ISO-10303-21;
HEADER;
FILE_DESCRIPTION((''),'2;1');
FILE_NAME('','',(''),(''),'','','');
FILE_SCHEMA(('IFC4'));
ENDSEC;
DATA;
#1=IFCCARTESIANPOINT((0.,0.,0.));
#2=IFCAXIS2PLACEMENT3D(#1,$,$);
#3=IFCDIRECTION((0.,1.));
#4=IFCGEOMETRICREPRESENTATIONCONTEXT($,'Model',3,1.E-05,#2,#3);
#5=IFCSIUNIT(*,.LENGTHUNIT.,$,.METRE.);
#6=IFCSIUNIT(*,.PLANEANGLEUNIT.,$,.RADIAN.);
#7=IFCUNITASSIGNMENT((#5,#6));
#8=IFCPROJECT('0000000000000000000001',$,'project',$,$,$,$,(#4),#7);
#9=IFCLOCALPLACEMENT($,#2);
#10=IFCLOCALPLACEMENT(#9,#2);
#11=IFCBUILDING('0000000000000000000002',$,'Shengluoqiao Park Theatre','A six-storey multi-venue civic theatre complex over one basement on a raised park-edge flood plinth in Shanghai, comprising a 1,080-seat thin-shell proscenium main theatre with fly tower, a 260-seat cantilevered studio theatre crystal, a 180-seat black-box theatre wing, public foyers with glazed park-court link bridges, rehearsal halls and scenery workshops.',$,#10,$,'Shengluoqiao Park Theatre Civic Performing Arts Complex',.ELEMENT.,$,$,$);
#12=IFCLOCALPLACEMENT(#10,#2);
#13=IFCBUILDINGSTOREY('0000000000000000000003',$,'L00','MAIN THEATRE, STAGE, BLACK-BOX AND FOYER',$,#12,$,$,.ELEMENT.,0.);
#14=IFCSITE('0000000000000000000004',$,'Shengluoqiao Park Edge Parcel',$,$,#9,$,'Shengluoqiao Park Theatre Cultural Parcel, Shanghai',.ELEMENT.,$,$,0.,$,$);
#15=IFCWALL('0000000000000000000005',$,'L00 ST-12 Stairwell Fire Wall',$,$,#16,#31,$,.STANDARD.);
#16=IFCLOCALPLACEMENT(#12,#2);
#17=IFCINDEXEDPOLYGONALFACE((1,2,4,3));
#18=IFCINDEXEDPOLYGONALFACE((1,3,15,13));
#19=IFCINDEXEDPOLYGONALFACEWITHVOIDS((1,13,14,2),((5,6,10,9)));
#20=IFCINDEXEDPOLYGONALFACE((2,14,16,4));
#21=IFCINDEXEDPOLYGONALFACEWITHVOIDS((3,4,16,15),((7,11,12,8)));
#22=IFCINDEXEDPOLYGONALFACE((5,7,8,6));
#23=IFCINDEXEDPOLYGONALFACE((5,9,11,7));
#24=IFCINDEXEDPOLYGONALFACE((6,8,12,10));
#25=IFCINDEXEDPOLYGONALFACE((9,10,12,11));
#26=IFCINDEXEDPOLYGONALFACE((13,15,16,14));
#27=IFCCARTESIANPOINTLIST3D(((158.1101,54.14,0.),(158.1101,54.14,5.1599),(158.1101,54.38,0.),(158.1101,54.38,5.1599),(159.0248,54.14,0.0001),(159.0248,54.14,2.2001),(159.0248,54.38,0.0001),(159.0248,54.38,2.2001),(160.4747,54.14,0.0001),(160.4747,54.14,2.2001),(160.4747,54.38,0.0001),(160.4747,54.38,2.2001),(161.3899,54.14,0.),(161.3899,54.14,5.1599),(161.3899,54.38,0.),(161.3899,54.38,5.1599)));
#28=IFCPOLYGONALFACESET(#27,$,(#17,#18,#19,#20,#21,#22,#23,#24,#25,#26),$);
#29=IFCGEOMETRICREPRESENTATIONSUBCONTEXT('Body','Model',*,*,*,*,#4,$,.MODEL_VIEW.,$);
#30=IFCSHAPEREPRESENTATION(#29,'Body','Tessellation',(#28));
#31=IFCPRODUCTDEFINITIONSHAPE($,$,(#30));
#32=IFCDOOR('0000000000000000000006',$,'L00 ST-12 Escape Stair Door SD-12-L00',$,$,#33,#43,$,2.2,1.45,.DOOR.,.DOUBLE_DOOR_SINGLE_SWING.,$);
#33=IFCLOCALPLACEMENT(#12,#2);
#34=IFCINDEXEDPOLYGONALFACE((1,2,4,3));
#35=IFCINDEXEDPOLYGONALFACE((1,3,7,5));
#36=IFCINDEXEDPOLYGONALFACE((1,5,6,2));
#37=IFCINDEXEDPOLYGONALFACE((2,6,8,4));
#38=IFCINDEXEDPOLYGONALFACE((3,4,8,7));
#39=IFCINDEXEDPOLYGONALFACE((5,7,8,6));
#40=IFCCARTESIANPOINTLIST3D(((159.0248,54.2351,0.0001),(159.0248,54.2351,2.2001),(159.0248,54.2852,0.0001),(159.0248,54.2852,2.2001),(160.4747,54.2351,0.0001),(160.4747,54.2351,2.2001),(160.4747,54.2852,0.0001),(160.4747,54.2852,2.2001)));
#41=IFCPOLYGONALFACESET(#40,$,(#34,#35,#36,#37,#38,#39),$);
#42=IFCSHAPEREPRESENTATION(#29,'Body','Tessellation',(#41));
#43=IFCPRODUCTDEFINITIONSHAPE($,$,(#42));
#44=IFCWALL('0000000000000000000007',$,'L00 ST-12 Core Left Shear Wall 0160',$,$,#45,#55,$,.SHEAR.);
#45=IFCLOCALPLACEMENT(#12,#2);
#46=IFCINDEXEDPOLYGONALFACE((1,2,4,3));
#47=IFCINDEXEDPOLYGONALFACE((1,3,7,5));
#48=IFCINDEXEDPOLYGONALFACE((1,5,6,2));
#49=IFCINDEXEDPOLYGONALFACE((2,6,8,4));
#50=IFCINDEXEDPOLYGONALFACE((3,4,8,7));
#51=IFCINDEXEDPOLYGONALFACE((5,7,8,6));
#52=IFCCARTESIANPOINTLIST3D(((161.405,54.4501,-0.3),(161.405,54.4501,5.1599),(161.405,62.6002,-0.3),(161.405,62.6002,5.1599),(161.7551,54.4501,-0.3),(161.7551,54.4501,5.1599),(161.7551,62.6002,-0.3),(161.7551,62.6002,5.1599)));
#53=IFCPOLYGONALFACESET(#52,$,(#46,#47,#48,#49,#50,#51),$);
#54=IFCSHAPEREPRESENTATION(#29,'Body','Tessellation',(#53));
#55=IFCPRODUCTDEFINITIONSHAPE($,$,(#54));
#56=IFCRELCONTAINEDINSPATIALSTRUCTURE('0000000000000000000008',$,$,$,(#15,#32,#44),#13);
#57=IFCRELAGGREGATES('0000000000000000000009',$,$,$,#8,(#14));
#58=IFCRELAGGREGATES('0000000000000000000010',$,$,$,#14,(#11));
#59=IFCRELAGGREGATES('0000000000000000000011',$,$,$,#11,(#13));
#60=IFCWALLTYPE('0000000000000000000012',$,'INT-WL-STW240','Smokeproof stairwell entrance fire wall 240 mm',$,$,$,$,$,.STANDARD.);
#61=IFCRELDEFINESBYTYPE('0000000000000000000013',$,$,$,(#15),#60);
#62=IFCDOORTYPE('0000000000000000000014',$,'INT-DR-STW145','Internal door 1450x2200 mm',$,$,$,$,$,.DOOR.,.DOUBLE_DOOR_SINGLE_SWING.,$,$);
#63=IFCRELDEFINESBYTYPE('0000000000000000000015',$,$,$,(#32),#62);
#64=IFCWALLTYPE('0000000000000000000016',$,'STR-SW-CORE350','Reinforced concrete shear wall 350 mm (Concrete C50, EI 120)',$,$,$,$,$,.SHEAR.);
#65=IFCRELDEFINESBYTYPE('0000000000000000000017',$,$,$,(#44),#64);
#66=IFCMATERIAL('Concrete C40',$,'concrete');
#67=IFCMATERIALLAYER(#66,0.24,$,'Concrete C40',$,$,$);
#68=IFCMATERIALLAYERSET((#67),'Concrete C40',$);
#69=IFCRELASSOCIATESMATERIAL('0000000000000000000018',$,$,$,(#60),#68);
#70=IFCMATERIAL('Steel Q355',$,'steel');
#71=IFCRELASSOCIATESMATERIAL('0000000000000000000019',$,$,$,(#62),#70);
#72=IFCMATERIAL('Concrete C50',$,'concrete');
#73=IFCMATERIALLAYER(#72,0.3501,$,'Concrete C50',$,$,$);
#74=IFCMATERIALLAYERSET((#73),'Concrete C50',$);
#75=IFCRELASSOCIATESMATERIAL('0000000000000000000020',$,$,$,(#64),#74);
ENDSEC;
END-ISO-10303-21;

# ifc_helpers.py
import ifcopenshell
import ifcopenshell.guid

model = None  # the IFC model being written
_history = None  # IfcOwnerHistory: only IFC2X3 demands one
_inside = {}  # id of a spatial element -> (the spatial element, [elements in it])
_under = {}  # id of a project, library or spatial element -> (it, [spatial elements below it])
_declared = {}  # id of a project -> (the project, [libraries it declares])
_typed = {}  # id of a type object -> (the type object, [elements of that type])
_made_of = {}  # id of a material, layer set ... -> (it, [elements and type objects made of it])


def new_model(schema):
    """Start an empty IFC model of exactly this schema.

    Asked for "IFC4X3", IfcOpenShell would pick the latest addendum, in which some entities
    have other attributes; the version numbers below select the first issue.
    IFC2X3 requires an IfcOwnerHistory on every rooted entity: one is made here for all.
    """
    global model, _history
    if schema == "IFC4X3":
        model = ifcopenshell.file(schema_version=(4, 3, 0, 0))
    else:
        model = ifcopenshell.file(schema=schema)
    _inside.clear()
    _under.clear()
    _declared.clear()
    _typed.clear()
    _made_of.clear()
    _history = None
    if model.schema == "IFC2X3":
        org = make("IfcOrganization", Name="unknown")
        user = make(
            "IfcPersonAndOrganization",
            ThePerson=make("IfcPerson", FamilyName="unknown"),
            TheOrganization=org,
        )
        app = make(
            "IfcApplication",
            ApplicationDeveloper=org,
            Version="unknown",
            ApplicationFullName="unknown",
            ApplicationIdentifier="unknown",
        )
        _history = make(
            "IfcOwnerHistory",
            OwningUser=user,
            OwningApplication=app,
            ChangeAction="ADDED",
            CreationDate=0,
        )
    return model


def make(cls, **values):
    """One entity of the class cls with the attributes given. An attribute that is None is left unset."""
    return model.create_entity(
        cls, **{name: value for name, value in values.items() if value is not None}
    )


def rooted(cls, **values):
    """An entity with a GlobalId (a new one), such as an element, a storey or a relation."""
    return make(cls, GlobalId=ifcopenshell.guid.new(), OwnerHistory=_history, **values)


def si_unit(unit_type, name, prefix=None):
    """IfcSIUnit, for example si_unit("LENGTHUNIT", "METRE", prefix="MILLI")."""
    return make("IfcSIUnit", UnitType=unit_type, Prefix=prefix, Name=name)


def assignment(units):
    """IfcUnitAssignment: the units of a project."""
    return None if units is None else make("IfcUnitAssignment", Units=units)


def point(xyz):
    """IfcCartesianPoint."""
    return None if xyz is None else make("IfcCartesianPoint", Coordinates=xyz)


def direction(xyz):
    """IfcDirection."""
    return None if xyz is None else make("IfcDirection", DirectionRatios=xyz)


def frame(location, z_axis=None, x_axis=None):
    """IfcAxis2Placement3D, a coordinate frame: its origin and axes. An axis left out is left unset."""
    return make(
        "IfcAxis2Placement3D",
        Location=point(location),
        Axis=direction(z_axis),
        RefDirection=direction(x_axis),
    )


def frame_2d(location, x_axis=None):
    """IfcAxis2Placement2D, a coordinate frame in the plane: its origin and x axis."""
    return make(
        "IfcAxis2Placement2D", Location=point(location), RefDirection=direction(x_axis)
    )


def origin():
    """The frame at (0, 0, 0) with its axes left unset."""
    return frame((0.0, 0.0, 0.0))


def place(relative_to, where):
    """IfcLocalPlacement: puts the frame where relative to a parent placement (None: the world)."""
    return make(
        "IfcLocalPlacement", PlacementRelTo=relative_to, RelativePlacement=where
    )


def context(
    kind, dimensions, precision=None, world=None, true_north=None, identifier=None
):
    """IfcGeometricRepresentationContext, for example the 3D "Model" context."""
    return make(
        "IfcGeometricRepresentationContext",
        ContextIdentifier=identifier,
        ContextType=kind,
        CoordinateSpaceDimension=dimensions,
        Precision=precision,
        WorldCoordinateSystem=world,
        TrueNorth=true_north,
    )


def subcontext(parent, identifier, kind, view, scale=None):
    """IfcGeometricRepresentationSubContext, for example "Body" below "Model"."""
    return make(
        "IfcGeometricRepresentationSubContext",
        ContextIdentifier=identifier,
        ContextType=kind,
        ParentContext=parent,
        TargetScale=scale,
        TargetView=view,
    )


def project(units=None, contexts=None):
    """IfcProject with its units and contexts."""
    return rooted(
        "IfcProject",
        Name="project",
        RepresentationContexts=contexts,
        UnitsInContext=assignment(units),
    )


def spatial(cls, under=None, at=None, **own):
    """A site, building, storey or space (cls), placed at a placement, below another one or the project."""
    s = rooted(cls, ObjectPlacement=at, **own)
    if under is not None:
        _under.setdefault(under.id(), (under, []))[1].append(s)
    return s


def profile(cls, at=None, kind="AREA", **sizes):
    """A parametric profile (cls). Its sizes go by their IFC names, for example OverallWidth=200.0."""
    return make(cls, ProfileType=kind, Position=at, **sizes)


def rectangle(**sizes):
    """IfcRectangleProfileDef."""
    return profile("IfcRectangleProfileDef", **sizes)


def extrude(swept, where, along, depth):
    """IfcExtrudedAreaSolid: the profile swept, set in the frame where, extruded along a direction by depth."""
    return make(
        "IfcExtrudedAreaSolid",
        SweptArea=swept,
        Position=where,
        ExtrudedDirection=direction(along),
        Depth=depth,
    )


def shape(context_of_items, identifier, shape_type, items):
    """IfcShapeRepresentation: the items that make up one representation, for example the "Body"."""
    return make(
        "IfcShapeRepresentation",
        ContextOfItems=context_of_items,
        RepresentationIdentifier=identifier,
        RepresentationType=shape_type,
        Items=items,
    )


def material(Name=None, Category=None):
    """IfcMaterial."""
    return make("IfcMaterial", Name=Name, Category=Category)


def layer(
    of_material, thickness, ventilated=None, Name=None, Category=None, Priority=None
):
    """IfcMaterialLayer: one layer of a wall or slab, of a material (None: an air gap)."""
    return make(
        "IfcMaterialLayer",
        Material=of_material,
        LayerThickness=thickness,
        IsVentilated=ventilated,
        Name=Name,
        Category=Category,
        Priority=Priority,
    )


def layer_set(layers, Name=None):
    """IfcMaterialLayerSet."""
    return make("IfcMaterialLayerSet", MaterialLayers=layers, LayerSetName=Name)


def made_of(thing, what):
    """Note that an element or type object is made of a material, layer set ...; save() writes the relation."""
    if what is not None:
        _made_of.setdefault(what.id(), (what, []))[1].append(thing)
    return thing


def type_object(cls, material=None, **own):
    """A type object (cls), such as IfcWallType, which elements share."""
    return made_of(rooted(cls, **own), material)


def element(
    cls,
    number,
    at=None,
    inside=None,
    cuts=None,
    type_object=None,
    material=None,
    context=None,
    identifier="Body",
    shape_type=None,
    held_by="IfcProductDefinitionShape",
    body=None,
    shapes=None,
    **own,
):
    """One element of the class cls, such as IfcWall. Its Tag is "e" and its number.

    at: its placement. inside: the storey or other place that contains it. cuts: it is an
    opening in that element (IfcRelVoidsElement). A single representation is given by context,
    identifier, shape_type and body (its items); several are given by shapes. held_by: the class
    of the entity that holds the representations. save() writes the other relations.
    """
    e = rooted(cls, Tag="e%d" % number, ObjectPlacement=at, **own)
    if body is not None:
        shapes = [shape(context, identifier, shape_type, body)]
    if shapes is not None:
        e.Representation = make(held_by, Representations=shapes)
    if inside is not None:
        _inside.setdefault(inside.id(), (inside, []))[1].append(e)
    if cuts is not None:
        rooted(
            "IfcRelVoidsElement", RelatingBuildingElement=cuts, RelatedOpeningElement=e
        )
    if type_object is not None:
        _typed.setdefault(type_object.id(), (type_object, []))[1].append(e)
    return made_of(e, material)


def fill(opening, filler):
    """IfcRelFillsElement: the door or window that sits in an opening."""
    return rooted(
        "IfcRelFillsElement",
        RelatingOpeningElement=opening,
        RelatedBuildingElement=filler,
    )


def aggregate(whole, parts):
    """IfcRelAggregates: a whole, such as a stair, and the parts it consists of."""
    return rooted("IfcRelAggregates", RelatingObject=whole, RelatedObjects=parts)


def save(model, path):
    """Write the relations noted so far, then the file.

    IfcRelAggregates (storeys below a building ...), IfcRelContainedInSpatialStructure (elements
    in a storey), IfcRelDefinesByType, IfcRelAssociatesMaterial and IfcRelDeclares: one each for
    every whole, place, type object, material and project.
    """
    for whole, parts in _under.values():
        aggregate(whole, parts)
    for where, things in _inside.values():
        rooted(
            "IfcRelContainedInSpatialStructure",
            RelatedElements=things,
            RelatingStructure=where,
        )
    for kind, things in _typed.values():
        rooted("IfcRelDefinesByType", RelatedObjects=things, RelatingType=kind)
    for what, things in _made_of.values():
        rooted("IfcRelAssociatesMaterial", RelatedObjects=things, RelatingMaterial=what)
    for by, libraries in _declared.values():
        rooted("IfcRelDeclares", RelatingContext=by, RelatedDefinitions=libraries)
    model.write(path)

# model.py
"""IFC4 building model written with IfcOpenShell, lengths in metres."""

from ifc_helpers import new_model, si_unit, direction, frame, frame_2d, origin, place, context, subcontext, project, spatial, rectangle, extrude, material, layer, layer_set, type_object, element, fill, save


model = new_model("IFC4")

# Units and contexts
model_context = context("Model", 3, precision=1e-05, world=origin(), true_north=direction((0.0, 1.0)))
body_context = subcontext(model_context, "Body", "Model", "MODEL_VIEW")
ifc_project = project(units=[si_unit("LENGTHUNIT", "METRE"), si_unit("PLANEANGLEUNIT", "RADIAN")], contexts=[model_context])

# Site, building, storey
site_placement = place(None, origin())
site = spatial("IfcSite", under=ifc_project, at=site_placement, Name="Shengluoqiao Park Edge Parcel", LongName="Shengluoqiao Park Theatre Cultural Parcel, Shanghai", CompositionType="ELEMENT", RefElevation=0.0)
building_placement = place(site_placement, origin())
building = spatial("IfcBuilding", under=site, at=building_placement, Name="Shengluoqiao Park Theatre", Description="A six-storey multi-venue civic theatre complex over one basement on a raised park-edge flood plinth in Shanghai, comprising a 1,080-seat thin-shell proscenium main theatre with fly tower, a 260-seat cantilevered studio theatre crystal, a 180-seat black-box theatre wing, public foyers with glazed park-court link bridges, rehearsal halls and scenery workshops.", LongName="Shengluoqiao Park Theatre Civic Performing Arts Complex", CompositionType="ELEMENT")
storey_placement = place(building_placement, origin())
storey = spatial("IfcBuildingStorey", under=building, at=storey_placement, Name="L00", Description="MAIN THEATRE, STAGE, BLACK-BOX AND FOYER", CompositionType="ELEMENT", Elevation=0.0)

# Shared definitions
ifc_material_1 = material(Name="Concrete C40", Category="concrete")

# Wall, opening, door
ifc_layer_1 = layer(ifc_material_1, 0.24, Name="Concrete C40")
ifc_layer_set_1 = layer_set([ifc_layer_1], Name="Concrete C40")
wall_type_1 = type_object("IfcWallType", Name="INT-WL-STW240", Description="Smokeproof stairwell entrance fire wall 240 mm", PredefinedType="STANDARD", material=ifc_layer_set_1)
wall_1_placement = place(storey_placement, frame((161.3899, 54.26, 0.0), z_axis=(0.0, 0.0, 1.0), x_axis=(-1.0, 0.0, 0.0)))
wall_1 = element("IfcWall", 1, at=wall_1_placement, inside=storey, type_object=wall_type_1, Name="L00 ST-12 Stairwell Fire Wall", PredefinedType="STANDARD", context=body_context, shape_type="SweptSolid", body=[
    extrude(rectangle(XDim=3.2798, YDim=0.24, at=frame_2d((1.6399, 0.0))), origin(), (0.0, 0.0, 1.0), 5.1599),
])
opening_1_placement = place(wall_1_placement, frame((0.915, 0.0, 0.0)))
opening_1 = element("IfcOpeningElement", 2, at=opening_1_placement, cuts=wall_1, PredefinedType="OPENING", context=body_context, shape_type="SweptSolid", body=[
    extrude(rectangle(XDim=1.45, YDim=2.2, at=frame_2d((0.7251, 1.1001))), frame((0.0, 0.1299, 0.0), z_axis=(0.0, -1.0, 0.0), x_axis=(1.0, 0.0, 0.0)), (0.0, 0.0, 1.0), 0.26),
])
ifc_material_2 = material(Name="Steel Q355", Category="steel")
door_type = type_object("IfcDoorType", Name="INT-DR-STW145", Description="Internal door 1450x2200 mm", OperationType="DOUBLE_DOOR_SINGLE_SWING", PredefinedType="DOOR", material=ifc_material_2)
door_placement = place(opening_1_placement, origin())
door = element("IfcDoor", 3, at=door_placement, inside=storey, type_object=door_type, Name="L00 ST-12 Escape Stair Door SD-12-L00", OperationType="DOUBLE_DOOR_SINGLE_SWING", OverallHeight=2.2, OverallWidth=1.45, PredefinedType="DOOR", context=body_context, shape_type="SweptSolid", body=[
    extrude(rectangle(XDim=1.45, YDim=2.2, at=frame_2d((0.7251, 1.1001))), frame((0.0, 0.0249, 0.0), z_axis=(0.0, -1.0, 0.0), x_axis=(1.0, 0.0, 0.0)), (0.0, 0.0, 1.0), 0.05),
])
fill(opening_1, door)

# Wall
ifc_material_3 = material(Name="Concrete C50", Category="concrete")
ifc_layer_2 = layer(ifc_material_3, 0.3501, Name="Concrete C50")
ifc_layer_set_2 = layer_set([ifc_layer_2], Name="Concrete C50")
wall_type_2 = type_object("IfcWallType", Name="STR-SW-CORE350", Description="Reinforced concrete shear wall 350 mm (Concrete C50, EI 120)", PredefinedType="SHEAR", material=ifc_layer_set_2)
wall_2_placement = place(storey_placement, frame((161.5801, 54.45, -0.3), z_axis=(0.0, 0.0, 1.0), x_axis=(0.0, 1.0, 0.0)))
element("IfcWall", 4, at=wall_2_placement, inside=storey, type_object=wall_type_2, Name="L00 ST-12 Core Left Shear Wall 0160", PredefinedType="SHEAR", context=body_context, shape_type="SweptSolid", body=[
    extrude(rectangle(XDim=8.1501, YDim=0.3501, at=frame_2d((4.0752, 0.0))), origin(), (0.0, 0.0, 1.0), 5.46),
])

save(model, "model.ifc")
